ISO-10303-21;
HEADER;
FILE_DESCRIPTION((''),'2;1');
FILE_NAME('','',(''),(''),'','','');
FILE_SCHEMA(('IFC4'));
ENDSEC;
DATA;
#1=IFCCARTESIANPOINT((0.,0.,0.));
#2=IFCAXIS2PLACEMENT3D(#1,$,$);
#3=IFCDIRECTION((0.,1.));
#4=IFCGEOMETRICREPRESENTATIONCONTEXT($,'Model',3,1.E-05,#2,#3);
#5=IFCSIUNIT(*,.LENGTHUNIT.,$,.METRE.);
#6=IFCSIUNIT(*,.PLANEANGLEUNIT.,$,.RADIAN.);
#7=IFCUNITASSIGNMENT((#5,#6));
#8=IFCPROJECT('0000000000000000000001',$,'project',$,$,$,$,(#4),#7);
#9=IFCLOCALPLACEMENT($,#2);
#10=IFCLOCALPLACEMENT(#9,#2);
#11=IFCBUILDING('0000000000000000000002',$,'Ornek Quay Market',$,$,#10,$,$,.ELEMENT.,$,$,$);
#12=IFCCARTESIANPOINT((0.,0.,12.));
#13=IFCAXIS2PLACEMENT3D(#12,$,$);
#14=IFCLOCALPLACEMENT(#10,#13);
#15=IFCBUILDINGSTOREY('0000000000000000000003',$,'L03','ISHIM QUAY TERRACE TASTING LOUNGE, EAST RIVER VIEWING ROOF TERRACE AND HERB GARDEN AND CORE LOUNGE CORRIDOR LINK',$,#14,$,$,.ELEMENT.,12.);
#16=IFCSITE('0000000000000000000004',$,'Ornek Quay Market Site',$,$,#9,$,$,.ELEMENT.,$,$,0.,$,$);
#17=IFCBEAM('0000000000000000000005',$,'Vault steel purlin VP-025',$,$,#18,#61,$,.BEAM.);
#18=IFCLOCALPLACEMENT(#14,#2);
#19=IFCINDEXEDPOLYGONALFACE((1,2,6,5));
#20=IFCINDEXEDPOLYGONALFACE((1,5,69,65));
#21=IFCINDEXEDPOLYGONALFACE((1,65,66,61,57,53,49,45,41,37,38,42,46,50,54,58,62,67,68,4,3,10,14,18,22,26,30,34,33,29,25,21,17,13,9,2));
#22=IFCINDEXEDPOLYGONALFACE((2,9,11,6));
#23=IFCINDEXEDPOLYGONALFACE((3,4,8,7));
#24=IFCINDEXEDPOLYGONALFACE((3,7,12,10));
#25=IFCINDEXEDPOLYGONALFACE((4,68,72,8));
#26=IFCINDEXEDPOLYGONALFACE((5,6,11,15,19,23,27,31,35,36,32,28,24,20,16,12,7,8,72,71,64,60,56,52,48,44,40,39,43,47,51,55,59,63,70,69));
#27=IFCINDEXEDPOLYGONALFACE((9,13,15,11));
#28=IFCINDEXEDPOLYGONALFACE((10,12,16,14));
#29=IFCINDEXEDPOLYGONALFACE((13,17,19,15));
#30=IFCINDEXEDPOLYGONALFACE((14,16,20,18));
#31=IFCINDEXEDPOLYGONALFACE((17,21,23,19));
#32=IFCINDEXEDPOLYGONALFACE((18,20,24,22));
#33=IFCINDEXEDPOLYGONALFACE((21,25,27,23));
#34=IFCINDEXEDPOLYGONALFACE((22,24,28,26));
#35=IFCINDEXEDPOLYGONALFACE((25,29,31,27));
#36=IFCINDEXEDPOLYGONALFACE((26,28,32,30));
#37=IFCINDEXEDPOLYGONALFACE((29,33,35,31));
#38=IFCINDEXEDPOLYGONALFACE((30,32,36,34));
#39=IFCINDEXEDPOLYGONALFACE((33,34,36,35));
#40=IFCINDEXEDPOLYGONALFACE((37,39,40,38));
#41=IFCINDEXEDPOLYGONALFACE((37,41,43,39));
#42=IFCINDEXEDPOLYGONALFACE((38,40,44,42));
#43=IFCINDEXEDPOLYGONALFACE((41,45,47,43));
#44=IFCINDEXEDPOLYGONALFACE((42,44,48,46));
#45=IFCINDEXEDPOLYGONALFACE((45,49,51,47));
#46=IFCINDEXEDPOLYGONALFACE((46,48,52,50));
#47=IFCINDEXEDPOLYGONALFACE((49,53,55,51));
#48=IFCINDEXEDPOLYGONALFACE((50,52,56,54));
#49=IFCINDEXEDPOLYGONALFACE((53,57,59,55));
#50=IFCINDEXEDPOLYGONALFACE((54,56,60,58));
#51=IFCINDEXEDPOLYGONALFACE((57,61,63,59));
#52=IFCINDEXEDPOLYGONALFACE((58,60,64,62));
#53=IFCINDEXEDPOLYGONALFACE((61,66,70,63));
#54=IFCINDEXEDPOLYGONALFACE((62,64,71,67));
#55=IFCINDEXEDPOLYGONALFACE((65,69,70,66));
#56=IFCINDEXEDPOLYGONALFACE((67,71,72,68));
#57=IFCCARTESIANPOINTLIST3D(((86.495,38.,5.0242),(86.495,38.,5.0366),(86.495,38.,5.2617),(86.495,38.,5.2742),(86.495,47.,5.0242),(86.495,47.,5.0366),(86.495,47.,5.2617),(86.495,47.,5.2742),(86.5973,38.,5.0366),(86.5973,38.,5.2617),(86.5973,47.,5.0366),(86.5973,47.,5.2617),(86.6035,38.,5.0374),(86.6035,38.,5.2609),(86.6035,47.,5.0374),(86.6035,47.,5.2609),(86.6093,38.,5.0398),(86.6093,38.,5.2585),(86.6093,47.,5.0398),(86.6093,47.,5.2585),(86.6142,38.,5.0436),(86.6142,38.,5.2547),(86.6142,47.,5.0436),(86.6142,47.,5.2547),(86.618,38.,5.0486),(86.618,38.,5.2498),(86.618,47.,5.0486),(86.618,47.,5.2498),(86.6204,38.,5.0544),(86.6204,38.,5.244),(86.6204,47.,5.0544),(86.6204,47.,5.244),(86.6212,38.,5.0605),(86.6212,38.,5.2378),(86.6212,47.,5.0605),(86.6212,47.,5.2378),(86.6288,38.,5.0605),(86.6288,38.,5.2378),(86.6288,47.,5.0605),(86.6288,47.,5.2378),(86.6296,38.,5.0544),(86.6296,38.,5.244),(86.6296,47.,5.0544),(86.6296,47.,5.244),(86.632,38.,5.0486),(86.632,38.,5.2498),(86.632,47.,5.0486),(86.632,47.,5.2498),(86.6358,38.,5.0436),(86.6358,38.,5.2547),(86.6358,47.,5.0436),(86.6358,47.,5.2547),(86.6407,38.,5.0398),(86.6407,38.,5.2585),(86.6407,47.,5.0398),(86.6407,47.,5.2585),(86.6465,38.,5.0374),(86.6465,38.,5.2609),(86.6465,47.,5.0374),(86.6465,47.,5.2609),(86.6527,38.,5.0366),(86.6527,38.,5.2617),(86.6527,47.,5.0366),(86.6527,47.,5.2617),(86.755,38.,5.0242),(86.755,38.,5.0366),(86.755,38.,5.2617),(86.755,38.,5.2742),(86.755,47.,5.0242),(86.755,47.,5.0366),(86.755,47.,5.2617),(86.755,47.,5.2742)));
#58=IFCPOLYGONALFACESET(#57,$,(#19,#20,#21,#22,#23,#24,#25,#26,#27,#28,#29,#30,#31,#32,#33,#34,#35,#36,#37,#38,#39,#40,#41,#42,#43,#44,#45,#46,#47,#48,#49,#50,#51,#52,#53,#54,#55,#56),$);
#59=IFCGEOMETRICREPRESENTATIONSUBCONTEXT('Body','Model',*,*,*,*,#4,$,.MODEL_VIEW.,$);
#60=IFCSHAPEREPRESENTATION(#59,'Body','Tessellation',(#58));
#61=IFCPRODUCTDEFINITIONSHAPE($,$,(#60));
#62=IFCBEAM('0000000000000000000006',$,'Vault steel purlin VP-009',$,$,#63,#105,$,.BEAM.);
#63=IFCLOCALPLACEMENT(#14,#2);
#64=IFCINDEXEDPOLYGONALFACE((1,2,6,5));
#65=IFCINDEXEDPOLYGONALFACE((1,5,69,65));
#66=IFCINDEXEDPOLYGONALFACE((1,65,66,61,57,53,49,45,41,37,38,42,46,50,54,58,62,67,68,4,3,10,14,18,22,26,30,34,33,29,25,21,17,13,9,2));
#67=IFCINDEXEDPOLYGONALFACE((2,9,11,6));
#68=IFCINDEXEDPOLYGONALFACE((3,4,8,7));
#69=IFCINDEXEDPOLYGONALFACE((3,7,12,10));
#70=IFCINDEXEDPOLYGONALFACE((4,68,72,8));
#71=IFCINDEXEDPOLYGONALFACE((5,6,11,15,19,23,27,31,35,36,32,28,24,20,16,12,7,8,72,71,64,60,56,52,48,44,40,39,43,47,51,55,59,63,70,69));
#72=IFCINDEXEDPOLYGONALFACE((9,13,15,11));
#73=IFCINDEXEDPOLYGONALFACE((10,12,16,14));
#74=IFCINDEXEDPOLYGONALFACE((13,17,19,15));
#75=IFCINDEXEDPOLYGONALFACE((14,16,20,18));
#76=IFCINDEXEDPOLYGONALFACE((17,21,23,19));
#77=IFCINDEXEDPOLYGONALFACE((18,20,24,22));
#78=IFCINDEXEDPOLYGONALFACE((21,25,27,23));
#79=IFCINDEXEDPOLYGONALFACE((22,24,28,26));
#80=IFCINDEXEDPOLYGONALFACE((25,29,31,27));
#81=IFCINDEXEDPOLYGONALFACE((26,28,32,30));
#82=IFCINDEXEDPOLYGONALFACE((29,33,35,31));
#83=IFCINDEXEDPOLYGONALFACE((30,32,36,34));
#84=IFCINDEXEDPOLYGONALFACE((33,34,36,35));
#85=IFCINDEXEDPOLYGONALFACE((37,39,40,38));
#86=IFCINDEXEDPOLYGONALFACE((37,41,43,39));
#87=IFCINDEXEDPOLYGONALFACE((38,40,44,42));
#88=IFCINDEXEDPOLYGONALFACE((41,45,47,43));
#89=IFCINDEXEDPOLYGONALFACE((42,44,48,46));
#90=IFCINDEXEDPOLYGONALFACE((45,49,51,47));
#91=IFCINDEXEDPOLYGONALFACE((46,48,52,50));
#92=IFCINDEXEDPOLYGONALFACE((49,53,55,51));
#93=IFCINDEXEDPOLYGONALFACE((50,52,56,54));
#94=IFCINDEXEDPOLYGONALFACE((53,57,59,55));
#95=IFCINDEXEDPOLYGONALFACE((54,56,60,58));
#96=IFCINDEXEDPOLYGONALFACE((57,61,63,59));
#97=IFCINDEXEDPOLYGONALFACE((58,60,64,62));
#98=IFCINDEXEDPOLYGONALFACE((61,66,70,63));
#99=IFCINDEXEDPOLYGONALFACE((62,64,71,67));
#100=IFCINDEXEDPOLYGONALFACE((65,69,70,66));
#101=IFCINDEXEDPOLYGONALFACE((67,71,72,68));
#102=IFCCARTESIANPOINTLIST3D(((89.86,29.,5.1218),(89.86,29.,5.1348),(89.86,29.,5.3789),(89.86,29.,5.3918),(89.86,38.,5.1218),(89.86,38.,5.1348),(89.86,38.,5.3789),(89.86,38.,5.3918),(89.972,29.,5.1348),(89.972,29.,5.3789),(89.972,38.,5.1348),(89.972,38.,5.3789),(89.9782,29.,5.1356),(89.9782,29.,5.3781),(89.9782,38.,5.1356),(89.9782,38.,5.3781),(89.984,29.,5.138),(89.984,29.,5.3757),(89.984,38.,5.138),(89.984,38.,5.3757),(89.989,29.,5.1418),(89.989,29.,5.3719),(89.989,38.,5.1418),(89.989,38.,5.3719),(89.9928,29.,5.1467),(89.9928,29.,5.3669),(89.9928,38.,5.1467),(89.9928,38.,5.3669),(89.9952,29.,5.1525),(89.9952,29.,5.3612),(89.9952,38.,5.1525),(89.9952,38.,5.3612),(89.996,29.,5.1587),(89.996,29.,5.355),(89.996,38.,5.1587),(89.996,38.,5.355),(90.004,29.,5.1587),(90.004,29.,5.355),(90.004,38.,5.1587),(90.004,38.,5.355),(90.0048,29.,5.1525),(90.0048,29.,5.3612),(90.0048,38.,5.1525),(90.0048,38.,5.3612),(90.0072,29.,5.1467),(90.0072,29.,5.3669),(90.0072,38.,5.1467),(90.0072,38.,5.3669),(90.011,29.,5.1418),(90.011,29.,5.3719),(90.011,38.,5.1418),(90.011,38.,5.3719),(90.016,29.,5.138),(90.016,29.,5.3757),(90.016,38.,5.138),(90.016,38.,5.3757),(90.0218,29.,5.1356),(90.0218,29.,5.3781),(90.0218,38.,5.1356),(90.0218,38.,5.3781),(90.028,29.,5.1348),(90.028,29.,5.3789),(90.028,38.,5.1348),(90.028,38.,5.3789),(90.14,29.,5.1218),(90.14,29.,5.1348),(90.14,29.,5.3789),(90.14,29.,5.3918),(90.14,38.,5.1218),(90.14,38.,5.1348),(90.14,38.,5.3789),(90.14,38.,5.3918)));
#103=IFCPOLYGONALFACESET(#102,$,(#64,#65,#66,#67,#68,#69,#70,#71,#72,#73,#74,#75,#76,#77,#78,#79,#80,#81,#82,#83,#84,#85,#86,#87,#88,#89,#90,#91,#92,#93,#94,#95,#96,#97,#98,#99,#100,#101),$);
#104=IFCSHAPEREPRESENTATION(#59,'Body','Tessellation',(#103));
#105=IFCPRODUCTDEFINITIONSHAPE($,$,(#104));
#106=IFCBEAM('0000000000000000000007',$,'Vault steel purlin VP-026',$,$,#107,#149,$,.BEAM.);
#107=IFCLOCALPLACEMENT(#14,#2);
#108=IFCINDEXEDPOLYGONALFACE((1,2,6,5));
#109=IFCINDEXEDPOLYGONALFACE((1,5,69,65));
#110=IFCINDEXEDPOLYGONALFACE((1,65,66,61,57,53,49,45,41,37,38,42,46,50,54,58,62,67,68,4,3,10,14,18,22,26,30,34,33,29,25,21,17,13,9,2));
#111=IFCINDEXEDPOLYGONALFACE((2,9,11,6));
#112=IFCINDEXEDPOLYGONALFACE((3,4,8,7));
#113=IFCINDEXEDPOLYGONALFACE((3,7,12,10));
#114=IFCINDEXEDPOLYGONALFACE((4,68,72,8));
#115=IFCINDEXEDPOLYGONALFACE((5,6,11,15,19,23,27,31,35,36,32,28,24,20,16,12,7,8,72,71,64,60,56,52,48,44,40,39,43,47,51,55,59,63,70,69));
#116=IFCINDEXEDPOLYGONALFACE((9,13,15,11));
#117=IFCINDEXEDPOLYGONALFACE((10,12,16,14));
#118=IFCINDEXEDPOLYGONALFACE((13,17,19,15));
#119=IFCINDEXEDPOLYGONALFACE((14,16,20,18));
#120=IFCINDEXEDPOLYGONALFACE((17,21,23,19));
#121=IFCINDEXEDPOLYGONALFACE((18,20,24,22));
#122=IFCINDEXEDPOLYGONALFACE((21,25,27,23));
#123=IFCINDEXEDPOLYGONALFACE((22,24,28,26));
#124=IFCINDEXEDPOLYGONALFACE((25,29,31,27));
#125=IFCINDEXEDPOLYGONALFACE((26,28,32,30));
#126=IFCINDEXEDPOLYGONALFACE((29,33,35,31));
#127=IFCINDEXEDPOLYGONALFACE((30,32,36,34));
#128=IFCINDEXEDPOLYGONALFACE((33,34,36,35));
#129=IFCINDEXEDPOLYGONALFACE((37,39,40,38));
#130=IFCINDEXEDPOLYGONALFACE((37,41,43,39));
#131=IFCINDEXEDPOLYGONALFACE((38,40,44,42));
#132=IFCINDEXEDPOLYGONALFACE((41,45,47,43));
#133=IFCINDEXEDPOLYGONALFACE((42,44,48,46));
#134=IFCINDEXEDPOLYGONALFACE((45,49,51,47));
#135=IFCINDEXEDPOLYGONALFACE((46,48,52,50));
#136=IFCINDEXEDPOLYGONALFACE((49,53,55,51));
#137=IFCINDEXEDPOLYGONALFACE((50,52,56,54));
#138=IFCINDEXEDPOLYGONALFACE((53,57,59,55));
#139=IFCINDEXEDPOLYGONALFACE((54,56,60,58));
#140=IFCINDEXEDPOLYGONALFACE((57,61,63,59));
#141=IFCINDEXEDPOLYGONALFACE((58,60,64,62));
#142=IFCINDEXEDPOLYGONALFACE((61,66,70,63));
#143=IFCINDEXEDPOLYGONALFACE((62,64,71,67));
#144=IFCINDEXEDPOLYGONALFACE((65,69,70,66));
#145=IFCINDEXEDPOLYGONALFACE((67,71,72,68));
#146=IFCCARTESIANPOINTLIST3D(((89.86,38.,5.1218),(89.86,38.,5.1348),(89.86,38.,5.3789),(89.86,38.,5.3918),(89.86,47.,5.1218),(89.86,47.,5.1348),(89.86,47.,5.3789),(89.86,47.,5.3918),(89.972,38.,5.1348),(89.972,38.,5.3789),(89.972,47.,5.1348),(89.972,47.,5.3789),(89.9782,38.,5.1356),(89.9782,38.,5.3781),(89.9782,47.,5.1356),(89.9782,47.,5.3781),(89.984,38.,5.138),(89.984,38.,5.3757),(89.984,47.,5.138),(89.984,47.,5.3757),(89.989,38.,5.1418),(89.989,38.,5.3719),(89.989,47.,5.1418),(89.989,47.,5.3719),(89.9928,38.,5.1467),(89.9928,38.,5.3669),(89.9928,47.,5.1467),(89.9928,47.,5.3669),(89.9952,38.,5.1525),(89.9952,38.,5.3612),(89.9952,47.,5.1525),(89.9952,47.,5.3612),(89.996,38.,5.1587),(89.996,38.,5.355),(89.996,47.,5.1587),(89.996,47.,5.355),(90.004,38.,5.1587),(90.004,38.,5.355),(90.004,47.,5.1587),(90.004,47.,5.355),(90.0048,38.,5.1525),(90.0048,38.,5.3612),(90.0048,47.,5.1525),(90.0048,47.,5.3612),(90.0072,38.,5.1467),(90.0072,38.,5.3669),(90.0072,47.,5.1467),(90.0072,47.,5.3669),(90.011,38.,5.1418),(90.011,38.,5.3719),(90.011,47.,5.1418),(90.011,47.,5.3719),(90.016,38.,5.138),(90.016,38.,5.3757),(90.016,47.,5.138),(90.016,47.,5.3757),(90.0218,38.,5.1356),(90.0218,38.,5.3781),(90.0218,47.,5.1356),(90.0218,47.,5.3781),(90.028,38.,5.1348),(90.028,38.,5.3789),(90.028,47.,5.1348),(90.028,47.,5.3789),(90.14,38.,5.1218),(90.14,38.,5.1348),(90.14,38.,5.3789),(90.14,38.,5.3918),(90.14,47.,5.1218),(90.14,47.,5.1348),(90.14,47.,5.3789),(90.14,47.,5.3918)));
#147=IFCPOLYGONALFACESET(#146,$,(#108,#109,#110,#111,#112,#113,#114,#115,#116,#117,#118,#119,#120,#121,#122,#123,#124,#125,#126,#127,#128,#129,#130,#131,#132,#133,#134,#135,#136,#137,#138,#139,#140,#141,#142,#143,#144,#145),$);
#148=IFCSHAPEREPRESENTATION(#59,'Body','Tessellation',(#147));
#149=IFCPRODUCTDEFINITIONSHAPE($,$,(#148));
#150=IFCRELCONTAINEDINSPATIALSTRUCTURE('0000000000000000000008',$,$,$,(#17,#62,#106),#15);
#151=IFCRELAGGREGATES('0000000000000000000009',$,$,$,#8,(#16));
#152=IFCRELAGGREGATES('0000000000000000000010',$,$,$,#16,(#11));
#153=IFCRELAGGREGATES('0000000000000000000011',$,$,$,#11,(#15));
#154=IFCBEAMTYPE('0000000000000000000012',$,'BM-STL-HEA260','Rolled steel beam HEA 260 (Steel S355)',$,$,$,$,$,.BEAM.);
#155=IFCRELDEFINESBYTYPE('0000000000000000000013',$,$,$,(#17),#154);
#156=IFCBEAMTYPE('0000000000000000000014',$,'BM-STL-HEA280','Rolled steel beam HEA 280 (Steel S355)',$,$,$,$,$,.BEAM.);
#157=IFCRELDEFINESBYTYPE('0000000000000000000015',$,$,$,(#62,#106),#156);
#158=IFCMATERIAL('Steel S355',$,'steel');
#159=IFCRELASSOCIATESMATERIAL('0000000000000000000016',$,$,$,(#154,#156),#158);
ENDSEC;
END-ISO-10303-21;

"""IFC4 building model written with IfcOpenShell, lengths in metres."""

from ifc_helpers import new_model, si_unit, direction, frame, origin, origin_2d, place, context, subcontext, project, spatial, i_section, extrude, material, material_profile, profile_set, type_object, element, save


model = new_model("IFC4")

# Units and contexts
model_context = context("Model", 3, precision=1e-05, world=origin(), true_north=direction((0.0, 1.0)))
body_context = subcontext(model_context, "Body", "Model", "MODEL_VIEW")
ifc_project = project(units=[si_unit("LENGTHUNIT", "METRE"), si_unit("PLANEANGLEUNIT", "RADIAN")], contexts=[model_context])

# Site, building, storey
site_placement = place(None, origin())
site = spatial("IfcSite", under=ifc_project, at=site_placement, Name="Ornek Quay Market Site", CompositionType="ELEMENT", RefElevation=0.0)
building_placement = place(site_placement, origin())
building = spatial("IfcBuilding", under=site, at=building_placement, Name="Ornek Quay Market", CompositionType="ELEMENT")
storey_placement = place(building_placement, frame((0.0, 0.0, 12.0)))
storey = spatial("IfcBuildingStorey", under=building, at=storey_placement, Name="L03", Description="ISHIM QUAY TERRACE TASTING LOUNGE, EAST RIVER VIEWING ROOF TERRACE AND HERB GARDEN AND CORE LOUNGE CORRIDOR LINK", CompositionType="ELEMENT", Elevation=12.0)

# Beams
ifc_material_1 = material(Name="Steel S355", Category="steel")
ifc_material_profile_1 = material_profile(ifc_material_1, i_section(OverallWidth=0.26, OverallDepth=0.25, WebThickness=0.0076, FlangeThickness=0.0125, FilletRadius=0.0239, at=origin_2d()), Name="HEA 260", Category="steel")
ifc_profile_set_1 = profile_set([ifc_material_profile_1], Name="Steel S355")
beam_type_1 = type_object("IfcBeamType", Name="BM-STL-HEA260", Description="Rolled steel beam HEA 260 (Steel S355)", PredefinedType="BEAM", material=ifc_profile_set_1)
for number, where, z_axis, x_axis, name in (
    (1, (86.625, 38.0, 5.1492), (0.0, 1.0, 0.0), (-1.0, 0.0, 0.0), "Vault steel purlin VP-025"),
):
    element("IfcBeam", number, at=place(storey_placement, frame(where, z_axis=z_axis, x_axis=x_axis)), inside=storey, type_object=beam_type_1, Name=name, PredefinedType="BEAM", context=body_context, shape_type="SweptSolid", body=[
        extrude(i_section(OverallWidth=0.26, OverallDepth=0.25, WebThickness=0.0076, FlangeThickness=0.0125, FilletRadius=0.0239, at=origin_2d()), origin(), (0.0, 0.0, 1.0), 9.0),
    ])
ifc_material_profile_2 = material_profile(ifc_material_1, i_section(OverallWidth=0.28, OverallDepth=0.27, WebThickness=0.0081, FlangeThickness=0.0129, FilletRadius=0.0239, at=origin_2d()), Name="HEA 280", Category="steel")
ifc_profile_set_2 = profile_set([ifc_material_profile_2], Name="Steel S355")
beam_type_2 = type_object("IfcBeamType", Name="BM-STL-HEA280", Description="Rolled steel beam HEA 280 (Steel S355)", PredefinedType="BEAM", material=ifc_profile_set_2)
for number, where, z_axis, x_axis, name in (
    (2, (90.0, 29.0, 5.2568), (0.0, 1.0, 0.0), (-1.0, 0.0, 0.0), "Vault steel purlin VP-009"),
    (3, (90.0, 38.0, 5.2568), (0.0, 1.0, 0.0), (-1.0, 0.0, 0.0), "Vault steel purlin VP-026"),
):
    element("IfcBeam", number, at=place(storey_placement, frame(where, z_axis=z_axis, x_axis=x_axis)), inside=storey, type_object=beam_type_2, Name=name, PredefinedType="BEAM", context=body_context, shape_type="SweptSolid", body=[
        extrude(i_section(OverallWidth=0.28, OverallDepth=0.27, WebThickness=0.0081, FlangeThickness=0.0129, FilletRadius=0.0239, at=origin_2d()), origin(), (0.0, 0.0, 1.0), 9.0),
    ])

save(model, "model.ifc")
